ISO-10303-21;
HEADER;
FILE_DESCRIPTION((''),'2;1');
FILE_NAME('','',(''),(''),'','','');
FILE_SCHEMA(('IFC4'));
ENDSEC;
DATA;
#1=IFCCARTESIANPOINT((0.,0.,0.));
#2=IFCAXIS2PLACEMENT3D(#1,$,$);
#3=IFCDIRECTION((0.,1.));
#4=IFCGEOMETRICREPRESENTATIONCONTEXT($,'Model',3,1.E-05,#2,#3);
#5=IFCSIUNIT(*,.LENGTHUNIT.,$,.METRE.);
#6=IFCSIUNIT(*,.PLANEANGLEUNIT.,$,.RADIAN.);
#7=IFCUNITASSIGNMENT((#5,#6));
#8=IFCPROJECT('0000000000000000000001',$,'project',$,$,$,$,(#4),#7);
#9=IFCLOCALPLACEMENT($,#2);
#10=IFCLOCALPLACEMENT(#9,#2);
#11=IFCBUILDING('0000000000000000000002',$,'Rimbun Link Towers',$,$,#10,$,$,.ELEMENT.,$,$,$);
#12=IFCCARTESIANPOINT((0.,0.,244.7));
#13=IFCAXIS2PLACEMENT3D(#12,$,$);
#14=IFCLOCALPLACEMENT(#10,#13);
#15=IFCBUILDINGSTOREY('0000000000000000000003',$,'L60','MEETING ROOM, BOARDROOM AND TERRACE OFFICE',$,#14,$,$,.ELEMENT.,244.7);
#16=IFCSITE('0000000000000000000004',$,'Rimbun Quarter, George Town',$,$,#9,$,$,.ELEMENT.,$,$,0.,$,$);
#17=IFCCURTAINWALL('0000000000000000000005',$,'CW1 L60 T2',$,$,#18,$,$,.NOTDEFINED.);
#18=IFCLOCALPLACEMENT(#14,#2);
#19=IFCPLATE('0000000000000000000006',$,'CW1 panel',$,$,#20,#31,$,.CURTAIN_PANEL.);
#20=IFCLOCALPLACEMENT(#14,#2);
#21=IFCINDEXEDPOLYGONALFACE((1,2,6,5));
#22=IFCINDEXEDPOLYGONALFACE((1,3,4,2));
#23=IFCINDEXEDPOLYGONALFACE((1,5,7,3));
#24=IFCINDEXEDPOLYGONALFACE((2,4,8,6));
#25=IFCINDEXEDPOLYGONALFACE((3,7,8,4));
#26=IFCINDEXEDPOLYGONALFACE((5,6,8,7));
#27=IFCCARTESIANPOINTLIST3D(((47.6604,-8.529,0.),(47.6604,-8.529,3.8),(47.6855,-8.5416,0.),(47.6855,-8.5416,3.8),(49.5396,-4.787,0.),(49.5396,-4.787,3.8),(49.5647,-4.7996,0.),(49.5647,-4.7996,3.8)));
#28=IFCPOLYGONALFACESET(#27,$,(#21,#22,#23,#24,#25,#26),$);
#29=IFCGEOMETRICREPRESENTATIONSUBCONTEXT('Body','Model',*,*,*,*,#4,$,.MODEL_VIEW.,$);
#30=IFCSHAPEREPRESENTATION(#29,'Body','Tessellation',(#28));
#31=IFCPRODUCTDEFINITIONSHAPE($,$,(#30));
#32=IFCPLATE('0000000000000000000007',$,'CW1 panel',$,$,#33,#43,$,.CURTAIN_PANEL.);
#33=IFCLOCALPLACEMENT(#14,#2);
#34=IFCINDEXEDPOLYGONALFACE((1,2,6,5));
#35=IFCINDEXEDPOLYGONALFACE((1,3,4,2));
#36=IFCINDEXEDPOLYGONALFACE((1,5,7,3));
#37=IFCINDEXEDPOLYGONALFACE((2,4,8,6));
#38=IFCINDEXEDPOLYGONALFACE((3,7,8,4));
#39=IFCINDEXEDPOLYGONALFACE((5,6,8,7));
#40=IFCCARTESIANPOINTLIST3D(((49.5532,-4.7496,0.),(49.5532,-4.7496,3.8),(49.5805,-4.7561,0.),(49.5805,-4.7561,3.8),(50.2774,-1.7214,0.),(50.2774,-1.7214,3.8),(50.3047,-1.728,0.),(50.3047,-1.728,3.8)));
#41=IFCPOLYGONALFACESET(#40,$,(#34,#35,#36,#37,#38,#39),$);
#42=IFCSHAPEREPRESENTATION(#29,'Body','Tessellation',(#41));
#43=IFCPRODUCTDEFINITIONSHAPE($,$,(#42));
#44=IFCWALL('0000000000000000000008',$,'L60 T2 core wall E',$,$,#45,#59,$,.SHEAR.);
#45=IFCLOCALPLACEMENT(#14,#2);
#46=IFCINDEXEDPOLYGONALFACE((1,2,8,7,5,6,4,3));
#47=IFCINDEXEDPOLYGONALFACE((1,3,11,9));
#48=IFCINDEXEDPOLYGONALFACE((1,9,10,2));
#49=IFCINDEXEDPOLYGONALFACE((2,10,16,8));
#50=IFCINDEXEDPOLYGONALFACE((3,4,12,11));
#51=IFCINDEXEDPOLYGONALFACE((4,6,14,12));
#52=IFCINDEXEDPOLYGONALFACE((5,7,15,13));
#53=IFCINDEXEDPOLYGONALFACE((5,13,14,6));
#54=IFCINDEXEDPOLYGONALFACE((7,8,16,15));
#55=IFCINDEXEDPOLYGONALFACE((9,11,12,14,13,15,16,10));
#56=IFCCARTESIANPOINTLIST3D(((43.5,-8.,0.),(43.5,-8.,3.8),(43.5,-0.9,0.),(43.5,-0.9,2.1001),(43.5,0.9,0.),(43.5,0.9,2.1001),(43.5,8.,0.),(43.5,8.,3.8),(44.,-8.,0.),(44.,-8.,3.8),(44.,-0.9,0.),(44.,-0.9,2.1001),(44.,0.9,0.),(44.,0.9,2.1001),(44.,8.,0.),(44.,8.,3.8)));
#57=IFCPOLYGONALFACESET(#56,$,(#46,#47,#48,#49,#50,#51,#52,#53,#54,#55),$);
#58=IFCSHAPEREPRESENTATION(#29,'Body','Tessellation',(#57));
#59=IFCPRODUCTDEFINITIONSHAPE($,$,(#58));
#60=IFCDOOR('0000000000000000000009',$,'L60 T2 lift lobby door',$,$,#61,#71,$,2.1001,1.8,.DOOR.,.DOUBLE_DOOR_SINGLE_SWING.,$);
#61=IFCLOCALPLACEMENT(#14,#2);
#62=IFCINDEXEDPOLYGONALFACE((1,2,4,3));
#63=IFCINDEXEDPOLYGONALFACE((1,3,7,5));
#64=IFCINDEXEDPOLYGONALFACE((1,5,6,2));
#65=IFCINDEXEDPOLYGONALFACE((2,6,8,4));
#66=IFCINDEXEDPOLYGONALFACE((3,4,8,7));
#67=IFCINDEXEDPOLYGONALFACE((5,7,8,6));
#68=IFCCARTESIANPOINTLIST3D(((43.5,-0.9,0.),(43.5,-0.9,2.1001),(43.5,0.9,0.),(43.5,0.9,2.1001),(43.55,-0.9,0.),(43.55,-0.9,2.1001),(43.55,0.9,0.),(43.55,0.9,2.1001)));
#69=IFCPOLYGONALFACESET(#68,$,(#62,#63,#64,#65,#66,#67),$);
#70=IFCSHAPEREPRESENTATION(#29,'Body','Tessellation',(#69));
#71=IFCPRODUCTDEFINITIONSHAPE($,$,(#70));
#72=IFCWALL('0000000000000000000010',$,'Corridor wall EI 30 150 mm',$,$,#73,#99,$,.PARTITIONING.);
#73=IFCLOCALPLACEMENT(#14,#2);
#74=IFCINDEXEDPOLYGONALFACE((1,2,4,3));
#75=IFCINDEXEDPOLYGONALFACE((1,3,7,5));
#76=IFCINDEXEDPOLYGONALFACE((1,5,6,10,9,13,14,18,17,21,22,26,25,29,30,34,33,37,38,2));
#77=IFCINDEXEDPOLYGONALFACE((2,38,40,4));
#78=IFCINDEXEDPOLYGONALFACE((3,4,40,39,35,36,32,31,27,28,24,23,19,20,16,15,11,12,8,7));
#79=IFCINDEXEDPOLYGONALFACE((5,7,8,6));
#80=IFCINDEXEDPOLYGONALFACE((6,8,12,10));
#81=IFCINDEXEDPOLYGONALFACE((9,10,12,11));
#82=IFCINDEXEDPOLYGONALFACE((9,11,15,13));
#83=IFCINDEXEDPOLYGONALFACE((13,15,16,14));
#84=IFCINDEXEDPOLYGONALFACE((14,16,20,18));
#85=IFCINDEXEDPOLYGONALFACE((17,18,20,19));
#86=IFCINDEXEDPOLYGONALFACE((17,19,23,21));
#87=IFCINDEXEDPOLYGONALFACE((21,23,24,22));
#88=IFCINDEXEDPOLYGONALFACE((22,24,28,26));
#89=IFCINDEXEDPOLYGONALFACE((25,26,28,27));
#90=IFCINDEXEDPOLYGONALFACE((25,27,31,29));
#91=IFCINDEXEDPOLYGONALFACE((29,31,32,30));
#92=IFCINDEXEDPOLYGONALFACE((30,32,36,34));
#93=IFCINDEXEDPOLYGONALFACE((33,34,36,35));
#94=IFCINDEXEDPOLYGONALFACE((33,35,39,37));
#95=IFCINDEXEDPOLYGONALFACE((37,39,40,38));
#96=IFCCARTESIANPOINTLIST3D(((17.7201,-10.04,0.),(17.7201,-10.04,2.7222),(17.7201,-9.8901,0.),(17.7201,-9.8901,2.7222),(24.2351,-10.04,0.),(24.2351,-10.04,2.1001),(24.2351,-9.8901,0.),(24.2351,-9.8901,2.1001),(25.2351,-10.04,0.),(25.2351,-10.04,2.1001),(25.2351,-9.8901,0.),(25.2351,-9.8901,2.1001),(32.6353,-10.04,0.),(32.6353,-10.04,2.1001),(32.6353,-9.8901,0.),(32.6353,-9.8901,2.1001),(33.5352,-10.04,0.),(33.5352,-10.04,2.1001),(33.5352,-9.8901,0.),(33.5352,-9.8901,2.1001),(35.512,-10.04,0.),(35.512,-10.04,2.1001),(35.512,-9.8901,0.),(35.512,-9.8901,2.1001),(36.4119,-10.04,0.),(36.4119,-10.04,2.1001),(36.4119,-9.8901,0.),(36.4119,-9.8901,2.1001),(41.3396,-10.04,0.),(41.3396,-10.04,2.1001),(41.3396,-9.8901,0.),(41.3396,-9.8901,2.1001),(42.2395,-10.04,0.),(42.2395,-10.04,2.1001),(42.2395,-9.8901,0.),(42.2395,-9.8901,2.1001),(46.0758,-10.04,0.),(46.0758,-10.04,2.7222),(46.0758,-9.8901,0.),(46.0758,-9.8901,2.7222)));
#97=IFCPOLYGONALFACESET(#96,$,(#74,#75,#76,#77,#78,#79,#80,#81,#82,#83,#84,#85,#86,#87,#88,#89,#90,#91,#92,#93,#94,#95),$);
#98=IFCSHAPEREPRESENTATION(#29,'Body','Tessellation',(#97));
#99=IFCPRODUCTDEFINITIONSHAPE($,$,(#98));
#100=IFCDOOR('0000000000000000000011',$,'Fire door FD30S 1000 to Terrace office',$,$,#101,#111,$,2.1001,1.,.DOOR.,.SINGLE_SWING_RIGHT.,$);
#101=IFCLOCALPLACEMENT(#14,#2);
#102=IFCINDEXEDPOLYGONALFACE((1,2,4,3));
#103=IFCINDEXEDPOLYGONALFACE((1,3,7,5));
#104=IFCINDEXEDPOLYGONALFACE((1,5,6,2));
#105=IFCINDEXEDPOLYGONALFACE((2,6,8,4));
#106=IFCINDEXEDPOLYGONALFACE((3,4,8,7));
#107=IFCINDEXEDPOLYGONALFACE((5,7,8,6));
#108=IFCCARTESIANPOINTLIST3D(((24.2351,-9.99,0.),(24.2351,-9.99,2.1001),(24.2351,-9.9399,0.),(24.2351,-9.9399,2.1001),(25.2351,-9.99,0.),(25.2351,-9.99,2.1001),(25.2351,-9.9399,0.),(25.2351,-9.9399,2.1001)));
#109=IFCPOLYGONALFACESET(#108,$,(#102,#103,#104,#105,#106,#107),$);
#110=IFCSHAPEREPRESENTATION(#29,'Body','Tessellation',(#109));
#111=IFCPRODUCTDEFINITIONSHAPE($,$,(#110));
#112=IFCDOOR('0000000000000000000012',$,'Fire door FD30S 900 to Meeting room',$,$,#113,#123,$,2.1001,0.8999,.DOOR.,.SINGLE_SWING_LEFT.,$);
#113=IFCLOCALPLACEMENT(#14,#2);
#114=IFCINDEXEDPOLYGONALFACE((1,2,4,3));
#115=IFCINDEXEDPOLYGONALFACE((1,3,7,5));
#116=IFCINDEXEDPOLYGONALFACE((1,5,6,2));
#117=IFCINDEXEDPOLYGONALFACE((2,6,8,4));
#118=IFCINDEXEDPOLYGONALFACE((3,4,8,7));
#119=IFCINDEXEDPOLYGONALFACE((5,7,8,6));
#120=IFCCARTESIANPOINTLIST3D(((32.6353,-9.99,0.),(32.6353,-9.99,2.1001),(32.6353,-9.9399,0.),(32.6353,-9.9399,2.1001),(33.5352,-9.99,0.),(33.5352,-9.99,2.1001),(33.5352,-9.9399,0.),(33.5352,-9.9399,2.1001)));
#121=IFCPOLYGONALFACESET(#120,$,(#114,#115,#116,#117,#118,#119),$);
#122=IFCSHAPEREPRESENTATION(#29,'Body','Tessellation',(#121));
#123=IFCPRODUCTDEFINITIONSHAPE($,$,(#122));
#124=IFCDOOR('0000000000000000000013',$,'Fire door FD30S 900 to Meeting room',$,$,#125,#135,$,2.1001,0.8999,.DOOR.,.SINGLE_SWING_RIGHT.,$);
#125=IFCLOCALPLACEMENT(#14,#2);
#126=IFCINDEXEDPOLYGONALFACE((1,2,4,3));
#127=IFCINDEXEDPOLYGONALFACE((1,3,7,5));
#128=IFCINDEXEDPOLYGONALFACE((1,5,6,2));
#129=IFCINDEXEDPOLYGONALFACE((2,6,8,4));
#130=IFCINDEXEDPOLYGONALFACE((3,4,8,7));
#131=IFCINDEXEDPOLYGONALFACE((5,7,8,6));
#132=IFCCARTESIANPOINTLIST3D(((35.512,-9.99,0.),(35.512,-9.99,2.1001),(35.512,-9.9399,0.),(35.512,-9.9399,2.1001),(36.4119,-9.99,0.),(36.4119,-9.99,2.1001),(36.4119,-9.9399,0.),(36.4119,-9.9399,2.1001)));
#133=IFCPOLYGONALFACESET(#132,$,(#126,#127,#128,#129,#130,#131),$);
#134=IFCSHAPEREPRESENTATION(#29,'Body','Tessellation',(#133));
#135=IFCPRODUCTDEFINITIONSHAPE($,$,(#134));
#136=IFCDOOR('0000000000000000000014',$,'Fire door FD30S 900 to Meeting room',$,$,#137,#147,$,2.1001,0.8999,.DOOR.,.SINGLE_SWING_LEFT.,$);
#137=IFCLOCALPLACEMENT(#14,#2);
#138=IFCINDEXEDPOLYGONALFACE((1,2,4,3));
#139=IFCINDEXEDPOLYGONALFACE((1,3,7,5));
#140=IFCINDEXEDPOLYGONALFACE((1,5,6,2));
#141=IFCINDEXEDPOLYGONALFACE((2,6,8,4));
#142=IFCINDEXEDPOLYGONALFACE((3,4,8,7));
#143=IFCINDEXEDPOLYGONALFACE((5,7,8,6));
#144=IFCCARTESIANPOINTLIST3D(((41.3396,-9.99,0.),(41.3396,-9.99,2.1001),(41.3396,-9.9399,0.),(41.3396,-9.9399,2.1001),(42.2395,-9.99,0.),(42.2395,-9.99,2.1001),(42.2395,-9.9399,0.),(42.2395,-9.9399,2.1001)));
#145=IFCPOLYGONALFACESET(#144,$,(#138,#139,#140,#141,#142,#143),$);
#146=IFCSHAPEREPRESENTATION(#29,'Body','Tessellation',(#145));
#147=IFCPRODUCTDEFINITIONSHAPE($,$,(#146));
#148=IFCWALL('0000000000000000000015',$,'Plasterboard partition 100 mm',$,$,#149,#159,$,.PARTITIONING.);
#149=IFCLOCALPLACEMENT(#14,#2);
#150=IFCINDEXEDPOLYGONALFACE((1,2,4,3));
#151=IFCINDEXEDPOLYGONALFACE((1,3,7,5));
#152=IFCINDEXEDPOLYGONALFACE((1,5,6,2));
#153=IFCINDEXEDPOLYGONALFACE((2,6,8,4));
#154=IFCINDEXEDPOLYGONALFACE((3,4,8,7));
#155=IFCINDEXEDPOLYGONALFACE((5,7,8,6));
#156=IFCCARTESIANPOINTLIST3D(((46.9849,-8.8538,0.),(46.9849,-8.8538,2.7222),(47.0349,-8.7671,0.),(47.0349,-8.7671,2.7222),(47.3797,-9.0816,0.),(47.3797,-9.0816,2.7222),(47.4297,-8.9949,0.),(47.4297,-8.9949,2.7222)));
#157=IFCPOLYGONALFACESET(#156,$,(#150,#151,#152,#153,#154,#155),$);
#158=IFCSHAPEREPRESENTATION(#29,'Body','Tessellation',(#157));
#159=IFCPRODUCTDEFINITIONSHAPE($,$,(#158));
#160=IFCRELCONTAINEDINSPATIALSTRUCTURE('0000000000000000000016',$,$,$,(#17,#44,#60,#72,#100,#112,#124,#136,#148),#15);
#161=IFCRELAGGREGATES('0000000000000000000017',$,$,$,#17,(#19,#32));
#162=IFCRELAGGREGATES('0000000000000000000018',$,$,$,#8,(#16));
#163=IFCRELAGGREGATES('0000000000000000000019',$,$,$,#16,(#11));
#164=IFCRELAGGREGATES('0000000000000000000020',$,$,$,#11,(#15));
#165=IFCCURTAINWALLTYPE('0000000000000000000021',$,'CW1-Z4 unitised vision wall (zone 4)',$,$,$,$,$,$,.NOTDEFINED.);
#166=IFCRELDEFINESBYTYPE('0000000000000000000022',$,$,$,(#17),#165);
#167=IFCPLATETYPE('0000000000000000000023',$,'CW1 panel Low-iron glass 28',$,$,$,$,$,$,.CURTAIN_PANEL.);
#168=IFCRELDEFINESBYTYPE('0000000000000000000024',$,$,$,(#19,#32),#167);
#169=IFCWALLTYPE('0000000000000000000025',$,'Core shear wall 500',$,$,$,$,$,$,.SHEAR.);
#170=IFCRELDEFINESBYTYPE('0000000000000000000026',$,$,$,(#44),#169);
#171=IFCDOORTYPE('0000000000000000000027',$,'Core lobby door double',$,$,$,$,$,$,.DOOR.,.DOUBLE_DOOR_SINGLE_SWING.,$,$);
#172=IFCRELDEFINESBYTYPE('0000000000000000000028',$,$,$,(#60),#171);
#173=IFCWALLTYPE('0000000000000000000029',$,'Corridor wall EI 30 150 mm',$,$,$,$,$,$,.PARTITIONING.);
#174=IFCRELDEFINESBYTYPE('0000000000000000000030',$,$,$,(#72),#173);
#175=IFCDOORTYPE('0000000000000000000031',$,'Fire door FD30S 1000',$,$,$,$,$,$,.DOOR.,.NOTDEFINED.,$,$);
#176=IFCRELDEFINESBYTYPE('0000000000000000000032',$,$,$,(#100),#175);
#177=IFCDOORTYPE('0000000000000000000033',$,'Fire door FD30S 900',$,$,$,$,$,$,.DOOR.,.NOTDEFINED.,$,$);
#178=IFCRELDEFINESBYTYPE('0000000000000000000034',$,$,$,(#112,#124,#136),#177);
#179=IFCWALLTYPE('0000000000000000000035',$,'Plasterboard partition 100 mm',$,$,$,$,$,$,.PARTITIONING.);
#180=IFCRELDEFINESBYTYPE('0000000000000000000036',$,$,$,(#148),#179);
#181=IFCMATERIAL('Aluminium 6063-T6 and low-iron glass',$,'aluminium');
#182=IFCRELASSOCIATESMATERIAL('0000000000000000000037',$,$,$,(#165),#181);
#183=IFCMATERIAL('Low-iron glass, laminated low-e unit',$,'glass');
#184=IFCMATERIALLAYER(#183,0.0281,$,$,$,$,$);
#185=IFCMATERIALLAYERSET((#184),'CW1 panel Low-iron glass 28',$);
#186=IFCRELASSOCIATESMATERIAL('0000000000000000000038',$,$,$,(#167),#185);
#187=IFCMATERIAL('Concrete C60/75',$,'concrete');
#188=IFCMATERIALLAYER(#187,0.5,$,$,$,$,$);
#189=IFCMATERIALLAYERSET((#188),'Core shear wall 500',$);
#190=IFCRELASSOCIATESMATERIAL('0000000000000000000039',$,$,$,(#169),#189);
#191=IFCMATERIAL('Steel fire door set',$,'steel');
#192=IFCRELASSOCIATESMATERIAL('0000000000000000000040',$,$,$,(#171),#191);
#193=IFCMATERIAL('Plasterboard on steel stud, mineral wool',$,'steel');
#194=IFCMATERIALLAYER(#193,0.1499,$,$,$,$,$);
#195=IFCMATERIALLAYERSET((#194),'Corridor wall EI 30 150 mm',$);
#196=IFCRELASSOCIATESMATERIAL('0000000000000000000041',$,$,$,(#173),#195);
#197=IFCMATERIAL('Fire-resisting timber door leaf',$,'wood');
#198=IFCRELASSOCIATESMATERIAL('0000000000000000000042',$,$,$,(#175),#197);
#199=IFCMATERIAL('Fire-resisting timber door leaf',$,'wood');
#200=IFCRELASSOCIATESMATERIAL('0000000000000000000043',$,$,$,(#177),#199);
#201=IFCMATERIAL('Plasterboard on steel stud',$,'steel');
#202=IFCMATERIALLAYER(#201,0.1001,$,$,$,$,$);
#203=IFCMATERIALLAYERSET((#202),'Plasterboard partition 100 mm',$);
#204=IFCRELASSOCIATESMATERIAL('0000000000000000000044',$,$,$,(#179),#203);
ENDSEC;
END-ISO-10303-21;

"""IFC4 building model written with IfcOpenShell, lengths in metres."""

from ifc_helpers import new_model, si_unit, direction, frame, frame_2d, origin, origin_2d, place, context, subcontext, project, spatial, rectangle, extrude, material, layer, layer_set, type_object, element, fill, aggregate, save


model = new_model("IFC4")

# Units and contexts
model_context = context("Model", 3, precision=1e-05, world=origin(), true_north=direction((0.0, 1.0)))
body_context = subcontext(model_context, "Body", "Model", "MODEL_VIEW")
ifc_project = project(units=[si_unit("LENGTHUNIT", "METRE"), si_unit("PLANEANGLEUNIT", "RADIAN")], contexts=[model_context])

# Site, building, storey
site_placement = place(None, origin())
site = spatial("IfcSite", under=ifc_project, at=site_placement, Name="Rimbun Quarter, George Town", CompositionType="ELEMENT", RefElevation=0.0)
building_placement = place(site_placement, origin())
building = spatial("IfcBuilding", under=site, at=building_placement, Name="Rimbun Link Towers", CompositionType="ELEMENT")
storey_placement = place(building_placement, frame((0.0, 0.0, 244.7)))
storey = spatial("IfcBuildingStorey", under=building, at=storey_placement, Name="L60", Description="MEETING ROOM, BOARDROOM AND TERRACE OFFICE", CompositionType="ELEMENT", Elevation=244.7)

# Curtain wall
ifc_material_1 = material(Name="Aluminium 6063-T6 and low-iron glass", Category="aluminium")
curtain_wall_type = type_object("IfcCurtainWallType", Name="CW1-Z4 unitised vision wall (zone 4)", PredefinedType="NOTDEFINED", material=ifc_material_1)
curtain_wall_placement = place(storey_placement, origin())
curtain_wall = element("IfcCurtainWall", 1, at=curtain_wall_placement, inside=storey, type_object=curtain_wall_type, Name="CW1 L60 T2", PredefinedType="NOTDEFINED")

# Plates
ifc_material_2 = material(Name="Low-iron glass, laminated low-e unit", Category="glass")
ifc_layer_1 = layer(ifc_material_2, 0.0281)
ifc_layer_set_1 = layer_set([ifc_layer_1], Name="CW1 panel Low-iron glass 28")
plate_type = type_object("IfcPlateType", Name="CW1 panel Low-iron glass 28", PredefinedType="CURTAIN_PANEL", material=ifc_layer_set_1)
plate_1_placement = place(storey_placement, frame((48.6125, -6.6643, 0.0), z_axis=(0.0, 0.0, 1.0), x_axis=(-0.44877, -0.893647, 0.0)))
plate_1 = element("IfcPlate", 2, at=plate_1_placement, type_object=plate_type, Name="CW1 panel", PredefinedType="CURTAIN_PANEL", context=body_context, shape_type="SweptSolid", body=[
    extrude(rectangle(XDim=4.1873, YDim=0.0281, at=origin_2d()), origin(), (0.0, 0.0, 1.0), 3.8),
])
plate_2_placement = place(storey_placement, frame((49.929, -3.2388, 0.0), z_axis=(0.0, 0.0, 1.0), x_axis=(-0.232605, -0.972571, 0.0)))
plate_2 = element("IfcPlate", 3, at=plate_2_placement, type_object=plate_type, Name="CW1 panel", PredefinedType="CURTAIN_PANEL", context=body_context, shape_type="SweptSolid", body=[
    extrude(rectangle(XDim=3.1135, YDim=0.0281, at=origin_2d()), origin(), (0.0, 0.0, 1.0), 3.8),
])
aggregate(curtain_wall, [plate_1, plate_2])

# Wall, opening, door
ifc_material_3 = material(Name="Concrete C60/75", Category="concrete")
ifc_layer_2 = layer(ifc_material_3, 0.5)
ifc_layer_set_2 = layer_set([ifc_layer_2], Name="Core shear wall 500")
wall_type_1 = type_object("IfcWallType", Name="Core shear wall 500", PredefinedType="SHEAR", material=ifc_layer_set_2)
wall_1_placement = place(storey_placement, frame((43.75, -8.0, 0.0), z_axis=(0.0, 0.0, 1.0), x_axis=(0.0, 1.0, 0.0)))
wall_1 = element("IfcWall", 4, at=wall_1_placement, inside=storey, type_object=wall_type_1, Name="L60 T2 core wall E", PredefinedType="SHEAR", context=body_context, shape_type="SweptSolid", body=[
    extrude(rectangle(XDim=16.0, YDim=0.5, at=frame_2d((8.0, 0.0))), origin(), (0.0, 0.0, 1.0), 3.8),
])
opening_1_placement = place(wall_1_placement, frame((7.1001, 0.0, 0.0)))
opening_1 = element("IfcOpeningElement", 5, at=opening_1_placement, cuts=wall_1, PredefinedType="OPENING", context=body_context, shape_type="SweptSolid", body=[
    extrude(rectangle(XDim=1.8, YDim=2.1001, at=frame_2d((0.8999, 1.05))), frame((0.0, 0.26, 0.0), z_axis=(0.0, -1.0, 0.0), x_axis=(1.0, 0.0, 0.0)), (0.0, 0.0, 1.0), 0.52),
])
ifc_material_4 = material(Name="Steel fire door set", Category="steel")
door_type_1 = type_object("IfcDoorType", Name="Core lobby door double", OperationType="DOUBLE_DOOR_SINGLE_SWING", PredefinedType="DOOR", material=ifc_material_4)
door_1_placement = place(opening_1_placement, origin())
door_1 = element("IfcDoor", 6, at=door_1_placement, inside=storey, type_object=door_type_1, Name="L60 T2 lift lobby door", OperationType="DOUBLE_DOOR_SINGLE_SWING", OverallHeight=2.1001, OverallWidth=1.8, PredefinedType="DOOR", context=body_context, shape_type="SweptSolid", body=[
    extrude(rectangle(XDim=1.8, YDim=2.1001, at=frame_2d((0.8999, 1.05))), frame((0.0, 0.25, 0.0), z_axis=(0.0, -1.0, 0.0), x_axis=(1.0, 0.0, 0.0)), (0.0, 0.0, 1.0), 0.05),
])
fill(opening_1, door_1)

# Wall, openings, doors
ifc_material_5 = material(Name="Plasterboard on steel stud, mineral wool", Category="steel")
ifc_layer_3 = layer(ifc_material_5, 0.1499)
ifc_layer_set_3 = layer_set([ifc_layer_3], Name="Corridor wall EI 30 150 mm")
wall_type_2 = type_object("IfcWallType", Name="Corridor wall EI 30 150 mm", PredefinedType="PARTITIONING", material=ifc_layer_set_3)
wall_2_placement = place(storey_placement, frame((46.0757, -9.9651, 0.0), z_axis=(0.0, 0.0, 1.0), x_axis=(-1.0, 0.0, 0.0)))
wall_2 = element("IfcWall", 7, at=wall_2_placement, inside=storey, type_object=wall_type_2, Name="Corridor wall EI 30 150 mm", PredefinedType="PARTITIONING", context=body_context, shape_type="SweptSolid", body=[
    extrude(rectangle(XDim=28.3557, YDim=0.1499, at=frame_2d((14.1777, 0.0))), origin(), (0.0, 0.0, 1.0), 2.7222),
])
opening_2_placement = place(wall_2_placement, frame((12.5405, 0.0, 0.0)))
opening_2 = element("IfcOpeningElement", 8, at=opening_2_placement, cuts=wall_2, PredefinedType="OPENING", context=body_context, shape_type="SweptSolid", body=[
    extrude(rectangle(XDim=0.8999, YDim=2.1001, at=frame_2d((0.45, 1.05))), frame((0.0, 0.085, 0.0), z_axis=(0.0, -1.0, 0.0), x_axis=(1.0, 0.0, 0.0)), (0.0, 0.0, 1.0), 0.1699),
])
opening_3_placement = place(wall_2_placement, frame((9.6638, 0.0, 0.0)))
opening_3 = element("IfcOpeningElement", 9, at=opening_3_placement, cuts=wall_2, PredefinedType="OPENING", context=body_context, shape_type="SweptSolid", body=[
    extrude(rectangle(XDim=0.8999, YDim=2.1001, at=frame_2d((0.45, 1.05))), frame((0.0, 0.085, 0.0), z_axis=(0.0, -1.0, 0.0), x_axis=(1.0, 0.0, 0.0)), (0.0, 0.0, 1.0), 0.1699),
])
opening_4_placement = place(wall_2_placement, frame((3.8362, 0.0, 0.0)))
opening_4 = element("IfcOpeningElement", 10, at=opening_4_placement, cuts=wall_2, PredefinedType="OPENING", context=body_context, shape_type="SweptSolid", body=[
    extrude(rectangle(XDim=0.8999, YDim=2.1001, at=frame_2d((0.45, 1.05))), frame((0.0, 0.085, 0.0), z_axis=(0.0, -1.0, 0.0), x_axis=(1.0, 0.0, 0.0)), (0.0, 0.0, 1.0), 0.1699),
])
opening_5_placement = place(wall_2_placement, frame((20.8406, 0.0, 0.0)))
opening_5 = element("IfcOpeningElement", 11, at=opening_5_placement, cuts=wall_2, PredefinedType="OPENING", context=body_context, shape_type="SweptSolid", body=[
    extrude(rectangle(XDim=1.0, YDim=2.1001, at=frame_2d((0.5, 1.05))), frame((0.0, 0.085, 0.0), z_axis=(0.0, -1.0, 0.0), x_axis=(1.0, 0.0, 0.0)), (0.0, 0.0, 1.0), 0.1699),
])
ifc_material_6 = material(Name="Fire-resisting timber door leaf", Category="wood")
door_type_2 = type_object("IfcDoorType", Name="Fire door FD30S 1000", OperationType="NOTDEFINED", PredefinedType="DOOR", material=ifc_material_6)
door_2_placement = place(opening_5_placement, origin())
door_2 = element("IfcDoor", 12, at=door_2_placement, inside=storey, type_object=door_type_2, Name="Fire door FD30S 1000 to Terrace office", OperationType="SINGLE_SWING_RIGHT", OverallHeight=2.1001, OverallWidth=1.0, PredefinedType="DOOR", context=body_context, shape_type="SweptSolid", body=[
    extrude(rectangle(XDim=1.0, YDim=2.1001, at=frame_2d((0.5, 1.05))), frame((0.0, 0.0249, 0.0), z_axis=(0.0, -1.0, 0.0), x_axis=(1.0, 0.0, 0.0)), (0.0, 0.0, 1.0), 0.05),
])
fill(opening_5, door_2)
ifc_material_7 = material(Name="Fire-resisting timber door leaf", Category="wood")
door_type_3 = type_object("IfcDoorType", Name="Fire door FD30S 900", OperationType="NOTDEFINED", PredefinedType="DOOR", material=ifc_material_7)
door_3_placement = place(opening_2_placement, origin())
door_3 = element("IfcDoor", 13, at=door_3_placement, inside=storey, type_object=door_type_3, Name="Fire door FD30S 900 to Meeting room", OperationType="SINGLE_SWING_LEFT", OverallHeight=2.1001, OverallWidth=0.8999, PredefinedType="DOOR", context=body_context, shape_type="SweptSolid", body=[
    extrude(rectangle(XDim=0.8999, YDim=2.1001, at=frame_2d((0.45, 1.05))), frame((0.0, 0.0249, 0.0), z_axis=(0.0, -1.0, 0.0), x_axis=(1.0, 0.0, 0.0)), (0.0, 0.0, 1.0), 0.05),
])
fill(opening_2, door_3)
door_4_placement = place(opening_3_placement, origin())
door_4 = element("IfcDoor", 14, at=door_4_placement, inside=storey, type_object=door_type_3, Name="Fire door FD30S 900 to Meeting room", OperationType="SINGLE_SWING_RIGHT", OverallHeight=2.1001, OverallWidth=0.8999, PredefinedType="DOOR", context=body_context, shape_type="SweptSolid", body=[
    extrude(rectangle(XDim=0.8999, YDim=2.1001, at=frame_2d((0.45, 1.05))), frame((0.0, 0.0249, 0.0), z_axis=(0.0, -1.0, 0.0), x_axis=(1.0, 0.0, 0.0)), (0.0, 0.0, 1.0), 0.05),
])
fill(opening_3, door_4)
door_5_placement = place(opening_4_placement, origin())
door_5 = element("IfcDoor", 15, at=door_5_placement, inside=storey, type_object=door_type_3, Name="Fire door FD30S 900 to Meeting room", OperationType="SINGLE_SWING_LEFT", OverallHeight=2.1001, OverallWidth=0.8999, PredefinedType="DOOR", context=body_context, shape_type="SweptSolid", body=[
    extrude(rectangle(XDim=0.8999, YDim=2.1001, at=frame_2d((0.45, 1.05))), frame((0.0, 0.0249, 0.0), z_axis=(0.0, -1.0, 0.0), x_axis=(1.0, 0.0, 0.0)), (0.0, 0.0, 1.0), 0.05),
])
fill(opening_4, door_5)

# Wall
ifc_material_8 = material(Name="Plasterboard on steel stud", Category="steel")
ifc_layer_4 = layer(ifc_material_8, 0.1001)
ifc_layer_set_4 = layer_set([ifc_layer_4], Name="Plasterboard partition 100 mm")
wall_type_3 = type_object("IfcWallType", Name="Plasterboard partition 100 mm", PredefinedType="PARTITIONING", material=ifc_layer_set_4)
wall_3_placement = place(storey_placement, frame((47.4048, -9.0383, 0.0), z_axis=(0.0, 0.0, 1.0), x_axis=(-0.866159, 0.499769, 0.0)))
element("IfcWall", 16, at=wall_3_placement, inside=storey, type_object=wall_type_3, Name="Plasterboard partition 100 mm", PredefinedType="PARTITIONING", context=body_context, shape_type="SweptSolid", body=[
    extrude(rectangle(XDim=0.4558, YDim=0.1001, at=frame_2d((0.228, 0.0))), origin(), (0.0, 0.0, 1.0), 2.7222),
])

save(model, "model.ifc")
